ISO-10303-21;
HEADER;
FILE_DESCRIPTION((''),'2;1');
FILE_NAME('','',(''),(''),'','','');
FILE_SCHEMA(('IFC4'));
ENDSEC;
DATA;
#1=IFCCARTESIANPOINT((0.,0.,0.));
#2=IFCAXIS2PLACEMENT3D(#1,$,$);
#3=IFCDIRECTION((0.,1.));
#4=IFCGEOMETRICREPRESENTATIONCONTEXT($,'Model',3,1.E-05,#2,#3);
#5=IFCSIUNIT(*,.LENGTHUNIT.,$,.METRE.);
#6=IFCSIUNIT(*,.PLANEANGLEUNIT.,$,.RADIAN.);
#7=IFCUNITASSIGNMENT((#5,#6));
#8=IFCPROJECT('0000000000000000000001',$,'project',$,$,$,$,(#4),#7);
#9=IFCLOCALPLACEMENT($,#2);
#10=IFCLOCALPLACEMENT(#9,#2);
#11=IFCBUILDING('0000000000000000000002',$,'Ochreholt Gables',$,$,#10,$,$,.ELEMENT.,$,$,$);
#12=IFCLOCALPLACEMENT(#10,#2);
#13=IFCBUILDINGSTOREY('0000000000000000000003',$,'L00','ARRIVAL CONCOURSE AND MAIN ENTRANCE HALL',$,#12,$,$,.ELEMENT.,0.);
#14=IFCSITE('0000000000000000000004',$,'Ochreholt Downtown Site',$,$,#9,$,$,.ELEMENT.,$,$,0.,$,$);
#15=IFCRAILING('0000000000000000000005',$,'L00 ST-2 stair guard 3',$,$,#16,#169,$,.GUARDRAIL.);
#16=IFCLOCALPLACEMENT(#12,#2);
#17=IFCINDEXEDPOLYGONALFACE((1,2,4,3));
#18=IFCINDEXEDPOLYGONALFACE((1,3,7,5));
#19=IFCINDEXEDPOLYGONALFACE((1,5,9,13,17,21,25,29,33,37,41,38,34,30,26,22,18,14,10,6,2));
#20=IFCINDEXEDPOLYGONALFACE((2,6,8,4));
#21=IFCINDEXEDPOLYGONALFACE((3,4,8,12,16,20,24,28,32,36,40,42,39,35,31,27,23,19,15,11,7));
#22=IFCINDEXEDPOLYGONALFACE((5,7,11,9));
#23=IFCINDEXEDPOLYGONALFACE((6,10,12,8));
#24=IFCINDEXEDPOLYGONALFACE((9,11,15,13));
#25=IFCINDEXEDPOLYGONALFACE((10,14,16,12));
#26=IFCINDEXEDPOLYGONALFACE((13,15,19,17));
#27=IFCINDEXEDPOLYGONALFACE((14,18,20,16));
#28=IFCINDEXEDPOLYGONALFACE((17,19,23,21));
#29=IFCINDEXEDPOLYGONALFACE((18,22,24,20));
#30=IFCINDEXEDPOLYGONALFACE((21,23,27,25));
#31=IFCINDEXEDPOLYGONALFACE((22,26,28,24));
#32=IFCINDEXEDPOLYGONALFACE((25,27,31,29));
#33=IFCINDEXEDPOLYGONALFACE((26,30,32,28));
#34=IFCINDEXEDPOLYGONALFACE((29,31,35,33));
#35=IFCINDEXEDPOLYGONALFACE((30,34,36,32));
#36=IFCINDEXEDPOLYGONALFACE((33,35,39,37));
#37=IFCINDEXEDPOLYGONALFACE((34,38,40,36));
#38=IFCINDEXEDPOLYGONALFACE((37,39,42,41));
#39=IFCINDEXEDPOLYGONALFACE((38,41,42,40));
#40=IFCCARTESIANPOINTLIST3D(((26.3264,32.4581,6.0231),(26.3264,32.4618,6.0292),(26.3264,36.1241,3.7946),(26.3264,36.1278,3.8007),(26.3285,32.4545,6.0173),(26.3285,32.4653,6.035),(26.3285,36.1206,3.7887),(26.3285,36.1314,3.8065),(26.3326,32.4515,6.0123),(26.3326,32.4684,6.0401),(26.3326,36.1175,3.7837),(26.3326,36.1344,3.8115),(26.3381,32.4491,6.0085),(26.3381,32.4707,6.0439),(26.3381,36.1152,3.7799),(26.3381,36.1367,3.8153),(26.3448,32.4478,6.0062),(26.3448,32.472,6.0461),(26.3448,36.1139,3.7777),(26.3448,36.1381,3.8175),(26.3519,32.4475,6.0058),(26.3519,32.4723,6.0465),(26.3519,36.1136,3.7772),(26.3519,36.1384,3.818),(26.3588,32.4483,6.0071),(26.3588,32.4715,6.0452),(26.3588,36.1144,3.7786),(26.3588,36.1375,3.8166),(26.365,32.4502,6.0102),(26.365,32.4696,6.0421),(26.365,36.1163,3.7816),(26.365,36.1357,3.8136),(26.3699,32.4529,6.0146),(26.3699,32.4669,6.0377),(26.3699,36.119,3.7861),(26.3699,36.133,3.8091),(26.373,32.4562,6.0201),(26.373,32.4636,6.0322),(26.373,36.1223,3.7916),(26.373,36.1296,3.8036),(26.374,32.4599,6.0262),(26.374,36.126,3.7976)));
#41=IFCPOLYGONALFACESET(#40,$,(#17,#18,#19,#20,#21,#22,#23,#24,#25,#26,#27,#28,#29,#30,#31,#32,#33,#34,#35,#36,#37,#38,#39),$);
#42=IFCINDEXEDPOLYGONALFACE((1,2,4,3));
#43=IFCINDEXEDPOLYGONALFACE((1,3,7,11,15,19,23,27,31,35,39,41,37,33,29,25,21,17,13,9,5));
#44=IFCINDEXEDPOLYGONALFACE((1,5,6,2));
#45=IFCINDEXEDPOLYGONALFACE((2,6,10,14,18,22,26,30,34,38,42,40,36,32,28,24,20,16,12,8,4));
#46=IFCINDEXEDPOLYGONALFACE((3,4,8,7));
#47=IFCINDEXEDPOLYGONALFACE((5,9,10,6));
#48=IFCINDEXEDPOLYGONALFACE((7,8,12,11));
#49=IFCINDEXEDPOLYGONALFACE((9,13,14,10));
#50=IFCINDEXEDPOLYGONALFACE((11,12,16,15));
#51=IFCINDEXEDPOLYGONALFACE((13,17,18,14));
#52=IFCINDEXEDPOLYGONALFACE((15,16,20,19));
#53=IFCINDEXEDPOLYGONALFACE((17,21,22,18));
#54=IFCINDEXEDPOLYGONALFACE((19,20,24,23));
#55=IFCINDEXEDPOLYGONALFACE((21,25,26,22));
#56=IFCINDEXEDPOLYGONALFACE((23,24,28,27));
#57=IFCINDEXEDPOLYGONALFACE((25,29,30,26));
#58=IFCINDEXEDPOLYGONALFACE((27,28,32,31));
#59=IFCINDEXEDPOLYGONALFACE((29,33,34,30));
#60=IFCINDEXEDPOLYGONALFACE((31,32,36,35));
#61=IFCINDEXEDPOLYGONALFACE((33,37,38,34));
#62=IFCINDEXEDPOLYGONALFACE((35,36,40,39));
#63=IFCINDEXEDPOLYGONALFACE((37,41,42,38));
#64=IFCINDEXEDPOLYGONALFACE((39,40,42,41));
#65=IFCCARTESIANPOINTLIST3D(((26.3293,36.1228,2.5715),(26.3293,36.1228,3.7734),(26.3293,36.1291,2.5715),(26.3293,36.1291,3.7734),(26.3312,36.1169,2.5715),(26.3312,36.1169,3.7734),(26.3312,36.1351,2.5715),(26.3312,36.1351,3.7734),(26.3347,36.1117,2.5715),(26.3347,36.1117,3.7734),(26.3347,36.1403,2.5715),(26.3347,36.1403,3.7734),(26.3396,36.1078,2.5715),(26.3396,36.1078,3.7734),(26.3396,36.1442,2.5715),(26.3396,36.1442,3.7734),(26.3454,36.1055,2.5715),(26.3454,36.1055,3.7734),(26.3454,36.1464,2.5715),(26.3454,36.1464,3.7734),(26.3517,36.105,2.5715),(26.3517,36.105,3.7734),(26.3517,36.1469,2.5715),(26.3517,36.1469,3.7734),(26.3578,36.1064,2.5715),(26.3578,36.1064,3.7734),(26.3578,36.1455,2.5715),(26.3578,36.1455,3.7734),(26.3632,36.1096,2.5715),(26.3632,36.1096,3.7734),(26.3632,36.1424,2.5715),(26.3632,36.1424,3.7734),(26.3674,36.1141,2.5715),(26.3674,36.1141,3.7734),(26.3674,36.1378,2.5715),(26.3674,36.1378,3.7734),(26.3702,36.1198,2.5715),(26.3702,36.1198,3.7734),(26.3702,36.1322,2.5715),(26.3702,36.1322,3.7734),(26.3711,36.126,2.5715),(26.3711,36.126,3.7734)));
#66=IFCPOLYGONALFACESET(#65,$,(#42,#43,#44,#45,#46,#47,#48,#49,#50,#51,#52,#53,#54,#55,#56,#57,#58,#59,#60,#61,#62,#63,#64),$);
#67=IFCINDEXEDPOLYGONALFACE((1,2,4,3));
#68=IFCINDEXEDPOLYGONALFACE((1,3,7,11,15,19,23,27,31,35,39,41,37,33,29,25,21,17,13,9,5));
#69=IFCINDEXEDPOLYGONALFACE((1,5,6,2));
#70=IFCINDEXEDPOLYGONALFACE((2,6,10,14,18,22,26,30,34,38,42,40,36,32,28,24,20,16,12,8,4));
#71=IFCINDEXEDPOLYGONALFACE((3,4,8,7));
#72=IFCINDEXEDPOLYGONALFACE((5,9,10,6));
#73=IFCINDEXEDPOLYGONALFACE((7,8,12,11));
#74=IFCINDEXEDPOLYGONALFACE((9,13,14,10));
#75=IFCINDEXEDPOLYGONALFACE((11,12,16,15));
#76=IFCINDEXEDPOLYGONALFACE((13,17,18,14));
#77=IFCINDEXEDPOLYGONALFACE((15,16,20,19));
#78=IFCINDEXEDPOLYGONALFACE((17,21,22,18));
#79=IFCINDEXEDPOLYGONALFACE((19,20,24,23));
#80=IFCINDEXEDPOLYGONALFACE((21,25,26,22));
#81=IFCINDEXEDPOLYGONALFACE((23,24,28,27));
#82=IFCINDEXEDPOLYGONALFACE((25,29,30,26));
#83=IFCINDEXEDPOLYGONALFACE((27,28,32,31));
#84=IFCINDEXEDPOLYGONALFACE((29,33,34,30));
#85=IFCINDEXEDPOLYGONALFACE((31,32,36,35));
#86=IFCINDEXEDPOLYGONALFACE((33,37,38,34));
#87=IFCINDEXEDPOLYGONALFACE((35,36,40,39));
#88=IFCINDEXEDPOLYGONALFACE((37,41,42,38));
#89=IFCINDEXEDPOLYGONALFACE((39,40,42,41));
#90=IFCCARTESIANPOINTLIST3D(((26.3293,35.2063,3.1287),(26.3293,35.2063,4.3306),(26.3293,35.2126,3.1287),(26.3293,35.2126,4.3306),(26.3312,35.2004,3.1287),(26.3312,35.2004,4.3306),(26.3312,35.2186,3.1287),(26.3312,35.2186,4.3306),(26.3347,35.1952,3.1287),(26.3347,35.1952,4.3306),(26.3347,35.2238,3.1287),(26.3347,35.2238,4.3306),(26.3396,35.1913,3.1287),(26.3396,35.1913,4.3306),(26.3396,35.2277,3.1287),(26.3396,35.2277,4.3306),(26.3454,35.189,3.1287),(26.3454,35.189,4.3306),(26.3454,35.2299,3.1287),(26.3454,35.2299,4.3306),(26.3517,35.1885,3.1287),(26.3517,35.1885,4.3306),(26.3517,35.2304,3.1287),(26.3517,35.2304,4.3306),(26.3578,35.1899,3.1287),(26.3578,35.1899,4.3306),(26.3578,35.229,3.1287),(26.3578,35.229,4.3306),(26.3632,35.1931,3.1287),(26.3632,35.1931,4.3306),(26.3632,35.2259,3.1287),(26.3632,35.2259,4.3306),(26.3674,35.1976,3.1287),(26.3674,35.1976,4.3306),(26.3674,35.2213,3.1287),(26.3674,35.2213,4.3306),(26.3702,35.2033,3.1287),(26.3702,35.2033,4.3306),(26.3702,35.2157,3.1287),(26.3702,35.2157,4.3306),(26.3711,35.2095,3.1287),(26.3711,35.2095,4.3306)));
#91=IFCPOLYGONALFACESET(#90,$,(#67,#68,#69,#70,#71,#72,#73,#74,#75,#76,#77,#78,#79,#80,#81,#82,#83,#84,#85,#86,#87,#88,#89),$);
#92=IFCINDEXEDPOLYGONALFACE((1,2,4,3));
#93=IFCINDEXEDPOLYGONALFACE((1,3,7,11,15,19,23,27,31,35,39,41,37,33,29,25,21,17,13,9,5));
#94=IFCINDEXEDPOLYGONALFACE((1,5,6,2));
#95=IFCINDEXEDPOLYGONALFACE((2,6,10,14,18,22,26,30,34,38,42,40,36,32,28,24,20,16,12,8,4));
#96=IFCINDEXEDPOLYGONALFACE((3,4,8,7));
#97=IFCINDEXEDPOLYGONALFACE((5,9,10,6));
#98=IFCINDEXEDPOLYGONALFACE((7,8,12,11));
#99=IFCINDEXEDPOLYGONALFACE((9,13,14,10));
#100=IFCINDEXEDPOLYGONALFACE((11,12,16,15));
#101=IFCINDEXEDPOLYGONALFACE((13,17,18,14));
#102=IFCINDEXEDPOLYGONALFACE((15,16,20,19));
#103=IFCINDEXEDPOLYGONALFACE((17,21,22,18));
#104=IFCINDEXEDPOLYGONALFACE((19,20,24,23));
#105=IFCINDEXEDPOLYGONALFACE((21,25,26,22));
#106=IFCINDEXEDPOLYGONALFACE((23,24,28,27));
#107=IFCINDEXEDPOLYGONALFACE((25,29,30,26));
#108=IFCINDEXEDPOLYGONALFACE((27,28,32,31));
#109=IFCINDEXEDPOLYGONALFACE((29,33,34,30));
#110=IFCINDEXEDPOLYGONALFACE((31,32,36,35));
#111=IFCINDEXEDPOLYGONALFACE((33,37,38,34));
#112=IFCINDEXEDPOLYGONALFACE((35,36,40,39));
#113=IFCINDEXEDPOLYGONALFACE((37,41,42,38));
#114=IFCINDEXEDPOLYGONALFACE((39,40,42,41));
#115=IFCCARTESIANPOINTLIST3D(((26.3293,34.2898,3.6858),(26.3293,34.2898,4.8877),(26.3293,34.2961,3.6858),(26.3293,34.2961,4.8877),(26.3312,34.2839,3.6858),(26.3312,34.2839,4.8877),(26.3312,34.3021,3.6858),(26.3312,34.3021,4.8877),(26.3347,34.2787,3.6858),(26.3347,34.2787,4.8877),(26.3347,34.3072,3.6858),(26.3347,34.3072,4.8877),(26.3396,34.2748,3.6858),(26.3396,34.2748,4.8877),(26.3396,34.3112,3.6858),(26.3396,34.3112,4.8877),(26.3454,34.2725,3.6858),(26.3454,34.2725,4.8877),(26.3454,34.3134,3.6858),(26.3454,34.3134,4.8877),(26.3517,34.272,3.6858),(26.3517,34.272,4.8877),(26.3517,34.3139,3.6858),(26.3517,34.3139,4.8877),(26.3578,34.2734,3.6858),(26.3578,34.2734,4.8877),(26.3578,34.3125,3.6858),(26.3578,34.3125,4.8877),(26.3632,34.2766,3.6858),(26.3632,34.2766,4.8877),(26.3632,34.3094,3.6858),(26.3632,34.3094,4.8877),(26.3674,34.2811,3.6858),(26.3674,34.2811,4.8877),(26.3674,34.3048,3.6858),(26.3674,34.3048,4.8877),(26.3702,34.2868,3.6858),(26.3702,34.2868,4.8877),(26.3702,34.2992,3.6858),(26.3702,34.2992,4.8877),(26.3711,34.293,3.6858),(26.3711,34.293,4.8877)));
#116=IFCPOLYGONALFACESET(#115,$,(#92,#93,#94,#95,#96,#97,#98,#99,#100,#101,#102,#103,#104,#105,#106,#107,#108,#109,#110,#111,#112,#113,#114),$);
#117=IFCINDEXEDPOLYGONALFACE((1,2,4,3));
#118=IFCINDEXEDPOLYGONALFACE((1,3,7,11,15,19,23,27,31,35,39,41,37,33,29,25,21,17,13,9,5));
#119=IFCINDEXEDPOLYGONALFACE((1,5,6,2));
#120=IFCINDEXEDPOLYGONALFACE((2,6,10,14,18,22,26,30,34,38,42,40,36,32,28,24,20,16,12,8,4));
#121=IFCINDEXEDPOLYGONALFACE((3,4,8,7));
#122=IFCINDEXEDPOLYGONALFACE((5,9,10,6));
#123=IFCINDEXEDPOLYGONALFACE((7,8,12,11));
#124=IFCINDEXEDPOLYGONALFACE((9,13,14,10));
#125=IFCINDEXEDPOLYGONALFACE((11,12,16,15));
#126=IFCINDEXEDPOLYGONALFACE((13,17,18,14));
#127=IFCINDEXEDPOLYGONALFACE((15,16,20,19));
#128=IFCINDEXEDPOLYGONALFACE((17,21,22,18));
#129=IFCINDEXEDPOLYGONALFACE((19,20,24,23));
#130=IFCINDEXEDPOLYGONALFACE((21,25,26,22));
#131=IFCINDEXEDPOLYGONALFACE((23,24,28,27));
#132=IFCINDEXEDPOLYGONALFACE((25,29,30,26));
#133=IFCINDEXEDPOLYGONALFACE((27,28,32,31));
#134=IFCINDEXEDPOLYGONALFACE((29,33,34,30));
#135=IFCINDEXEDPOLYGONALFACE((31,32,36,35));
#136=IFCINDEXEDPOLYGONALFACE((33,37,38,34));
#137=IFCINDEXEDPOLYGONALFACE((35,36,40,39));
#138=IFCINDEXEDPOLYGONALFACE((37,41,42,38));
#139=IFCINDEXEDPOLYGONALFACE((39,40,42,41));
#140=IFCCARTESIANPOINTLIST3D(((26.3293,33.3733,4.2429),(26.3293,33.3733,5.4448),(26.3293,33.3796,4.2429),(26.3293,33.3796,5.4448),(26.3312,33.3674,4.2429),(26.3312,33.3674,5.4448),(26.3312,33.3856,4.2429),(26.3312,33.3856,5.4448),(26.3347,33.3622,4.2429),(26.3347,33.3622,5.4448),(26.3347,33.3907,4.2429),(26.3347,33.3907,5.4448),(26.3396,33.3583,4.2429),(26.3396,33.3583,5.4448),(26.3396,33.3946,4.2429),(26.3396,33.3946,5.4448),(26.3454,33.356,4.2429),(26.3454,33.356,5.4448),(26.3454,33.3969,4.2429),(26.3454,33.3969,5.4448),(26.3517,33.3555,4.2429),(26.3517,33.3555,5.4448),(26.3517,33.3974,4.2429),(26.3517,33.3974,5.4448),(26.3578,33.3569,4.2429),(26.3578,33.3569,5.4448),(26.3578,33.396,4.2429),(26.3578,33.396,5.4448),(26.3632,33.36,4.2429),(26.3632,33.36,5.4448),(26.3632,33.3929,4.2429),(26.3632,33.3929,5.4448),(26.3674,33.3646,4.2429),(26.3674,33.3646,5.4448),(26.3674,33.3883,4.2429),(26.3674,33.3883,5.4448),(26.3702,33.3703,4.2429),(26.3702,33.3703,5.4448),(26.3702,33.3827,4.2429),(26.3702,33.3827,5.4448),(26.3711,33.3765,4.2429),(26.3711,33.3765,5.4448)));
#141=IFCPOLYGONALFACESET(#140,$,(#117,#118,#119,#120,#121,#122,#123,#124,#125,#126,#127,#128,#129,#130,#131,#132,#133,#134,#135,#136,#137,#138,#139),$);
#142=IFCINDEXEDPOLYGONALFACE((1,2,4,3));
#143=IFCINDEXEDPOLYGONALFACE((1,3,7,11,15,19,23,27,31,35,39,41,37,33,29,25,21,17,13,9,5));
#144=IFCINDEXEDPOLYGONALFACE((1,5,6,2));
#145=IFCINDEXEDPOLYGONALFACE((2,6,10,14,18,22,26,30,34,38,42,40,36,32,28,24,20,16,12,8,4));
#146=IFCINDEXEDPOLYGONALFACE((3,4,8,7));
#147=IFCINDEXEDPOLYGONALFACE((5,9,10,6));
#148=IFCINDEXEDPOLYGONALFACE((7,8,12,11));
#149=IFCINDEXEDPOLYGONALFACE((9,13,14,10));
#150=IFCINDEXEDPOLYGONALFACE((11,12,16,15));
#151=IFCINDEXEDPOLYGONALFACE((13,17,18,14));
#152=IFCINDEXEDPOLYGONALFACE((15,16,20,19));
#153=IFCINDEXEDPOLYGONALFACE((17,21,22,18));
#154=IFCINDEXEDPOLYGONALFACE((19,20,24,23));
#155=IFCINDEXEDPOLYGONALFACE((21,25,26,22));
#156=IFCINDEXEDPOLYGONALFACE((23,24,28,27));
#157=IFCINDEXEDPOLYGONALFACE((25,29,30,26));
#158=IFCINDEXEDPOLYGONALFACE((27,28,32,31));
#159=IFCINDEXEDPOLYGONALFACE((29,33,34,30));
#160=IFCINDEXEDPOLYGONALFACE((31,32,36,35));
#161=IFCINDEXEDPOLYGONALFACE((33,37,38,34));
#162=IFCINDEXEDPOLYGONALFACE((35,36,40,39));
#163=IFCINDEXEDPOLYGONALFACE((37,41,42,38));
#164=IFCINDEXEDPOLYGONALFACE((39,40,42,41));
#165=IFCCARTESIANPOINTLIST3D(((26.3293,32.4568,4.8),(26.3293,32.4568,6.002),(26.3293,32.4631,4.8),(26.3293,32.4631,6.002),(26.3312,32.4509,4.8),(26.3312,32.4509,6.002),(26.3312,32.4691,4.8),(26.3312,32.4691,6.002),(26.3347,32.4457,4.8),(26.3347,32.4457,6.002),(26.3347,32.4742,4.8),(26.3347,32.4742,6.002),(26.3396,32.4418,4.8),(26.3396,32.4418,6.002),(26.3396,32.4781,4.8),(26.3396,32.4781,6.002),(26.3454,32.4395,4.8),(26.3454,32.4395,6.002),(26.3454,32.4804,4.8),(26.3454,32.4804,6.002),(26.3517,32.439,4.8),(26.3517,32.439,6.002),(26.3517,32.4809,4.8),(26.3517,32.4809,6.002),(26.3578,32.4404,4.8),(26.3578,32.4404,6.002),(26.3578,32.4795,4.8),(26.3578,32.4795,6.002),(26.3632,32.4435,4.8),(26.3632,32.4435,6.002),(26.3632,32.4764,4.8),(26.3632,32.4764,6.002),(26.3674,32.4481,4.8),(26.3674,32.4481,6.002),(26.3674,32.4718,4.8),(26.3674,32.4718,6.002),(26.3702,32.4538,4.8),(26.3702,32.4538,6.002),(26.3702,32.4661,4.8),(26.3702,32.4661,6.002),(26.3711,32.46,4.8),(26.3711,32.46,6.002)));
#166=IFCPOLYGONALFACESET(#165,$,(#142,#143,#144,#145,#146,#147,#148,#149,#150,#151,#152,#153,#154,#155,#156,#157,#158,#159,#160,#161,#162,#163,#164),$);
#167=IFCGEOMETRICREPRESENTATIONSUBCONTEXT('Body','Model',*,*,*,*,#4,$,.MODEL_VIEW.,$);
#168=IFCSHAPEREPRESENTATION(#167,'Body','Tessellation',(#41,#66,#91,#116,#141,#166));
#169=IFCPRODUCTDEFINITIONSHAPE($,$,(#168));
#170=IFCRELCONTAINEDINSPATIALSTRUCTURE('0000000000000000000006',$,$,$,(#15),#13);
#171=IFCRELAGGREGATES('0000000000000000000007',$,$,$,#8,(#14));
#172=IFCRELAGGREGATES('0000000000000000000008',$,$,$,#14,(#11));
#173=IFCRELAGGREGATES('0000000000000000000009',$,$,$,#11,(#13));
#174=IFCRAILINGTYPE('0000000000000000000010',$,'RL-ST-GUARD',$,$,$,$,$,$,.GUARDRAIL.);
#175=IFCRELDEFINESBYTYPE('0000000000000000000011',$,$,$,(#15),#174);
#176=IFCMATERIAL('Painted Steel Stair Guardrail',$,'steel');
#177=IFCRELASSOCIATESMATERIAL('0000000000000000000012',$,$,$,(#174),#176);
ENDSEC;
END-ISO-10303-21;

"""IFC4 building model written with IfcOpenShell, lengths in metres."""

from ifc_helpers import new_model, si_unit, direction, frame, origin, origin_2d, place, context, subcontext, project, spatial, circle, extrude, material, type_object, element, save


model = new_model("IFC4")

# Units and contexts
model_context = context("Model", 3, precision=1e-05, world=origin(), true_north=direction((0.0, 1.0)))
body_context = subcontext(model_context, "Body", "Model", "MODEL_VIEW")
ifc_project = project(units=[si_unit("LENGTHUNIT", "METRE"), si_unit("PLANEANGLEUNIT", "RADIAN")], contexts=[model_context])

# Site, building, storey
site_placement = place(None, origin())
site = spatial("IfcSite", under=ifc_project, at=site_placement, Name="Ochreholt Downtown Site", CompositionType="ELEMENT", RefElevation=0.0)
building_placement = place(site_placement, origin())
building = spatial("IfcBuilding", under=site, at=building_placement, Name="Ochreholt Gables", CompositionType="ELEMENT")
storey_placement = place(building_placement, origin())
storey = spatial("IfcBuildingStorey", under=building, at=storey_placement, Name="L00", Description="ARRIVAL CONCOURSE AND MAIN ENTRANCE HALL", CompositionType="ELEMENT", Elevation=0.0)

# Railing
ifc_material_1 = material(Name="Painted Steel Stair Guardrail", Category="steel")
railing_type_1 = type_object("IfcRailingType", Name="RL-ST-GUARD", PredefinedType="GUARDRAIL", material=ifc_material_1)
railing_1_placement = place(storey_placement, frame((26.3501, 36.126, 2.5715)))
element("IfcRailing", 1, at=railing_1_placement, inside=storey, type_object=railing_type_1, Name="L00 ST-2 stair guard 3", PredefinedType="GUARDRAIL", context=body_context, shape_type="SweptSolid", body=[
    extrude(circle(Radius=0.0239, at=origin_2d()), frame((0.0, 0.0, 1.2261), z_axis=(0.0, -0.854506, 0.519441), x_axis=(1.0, 0.0, 0.0)), (0.0, 0.0, 1.0), 4.2903),
    extrude(circle(Radius=0.021, at=origin_2d()), origin(), (0.0, 0.0, 1.0), 1.2019),
    extrude(circle(Radius=0.021, at=origin_2d()), frame((0.0, -0.9165, 0.5571)), (0.0, 0.0, 1.0), 1.2019),
    extrude(circle(Radius=0.021, at=origin_2d()), frame((0.0, -1.833, 1.1143)), (0.0, 0.0, 1.0), 1.2019),
    extrude(circle(Radius=0.021, at=origin_2d()), frame((0.0, -2.7495, 1.6714)), (0.0, 0.0, 1.0), 1.2019),
    extrude(circle(Radius=0.021, at=origin_2d()), frame((0.0, -3.666, 2.2285)), (0.0, 0.0, 1.0), 1.2019),
])

save(model, "model.ifc")
